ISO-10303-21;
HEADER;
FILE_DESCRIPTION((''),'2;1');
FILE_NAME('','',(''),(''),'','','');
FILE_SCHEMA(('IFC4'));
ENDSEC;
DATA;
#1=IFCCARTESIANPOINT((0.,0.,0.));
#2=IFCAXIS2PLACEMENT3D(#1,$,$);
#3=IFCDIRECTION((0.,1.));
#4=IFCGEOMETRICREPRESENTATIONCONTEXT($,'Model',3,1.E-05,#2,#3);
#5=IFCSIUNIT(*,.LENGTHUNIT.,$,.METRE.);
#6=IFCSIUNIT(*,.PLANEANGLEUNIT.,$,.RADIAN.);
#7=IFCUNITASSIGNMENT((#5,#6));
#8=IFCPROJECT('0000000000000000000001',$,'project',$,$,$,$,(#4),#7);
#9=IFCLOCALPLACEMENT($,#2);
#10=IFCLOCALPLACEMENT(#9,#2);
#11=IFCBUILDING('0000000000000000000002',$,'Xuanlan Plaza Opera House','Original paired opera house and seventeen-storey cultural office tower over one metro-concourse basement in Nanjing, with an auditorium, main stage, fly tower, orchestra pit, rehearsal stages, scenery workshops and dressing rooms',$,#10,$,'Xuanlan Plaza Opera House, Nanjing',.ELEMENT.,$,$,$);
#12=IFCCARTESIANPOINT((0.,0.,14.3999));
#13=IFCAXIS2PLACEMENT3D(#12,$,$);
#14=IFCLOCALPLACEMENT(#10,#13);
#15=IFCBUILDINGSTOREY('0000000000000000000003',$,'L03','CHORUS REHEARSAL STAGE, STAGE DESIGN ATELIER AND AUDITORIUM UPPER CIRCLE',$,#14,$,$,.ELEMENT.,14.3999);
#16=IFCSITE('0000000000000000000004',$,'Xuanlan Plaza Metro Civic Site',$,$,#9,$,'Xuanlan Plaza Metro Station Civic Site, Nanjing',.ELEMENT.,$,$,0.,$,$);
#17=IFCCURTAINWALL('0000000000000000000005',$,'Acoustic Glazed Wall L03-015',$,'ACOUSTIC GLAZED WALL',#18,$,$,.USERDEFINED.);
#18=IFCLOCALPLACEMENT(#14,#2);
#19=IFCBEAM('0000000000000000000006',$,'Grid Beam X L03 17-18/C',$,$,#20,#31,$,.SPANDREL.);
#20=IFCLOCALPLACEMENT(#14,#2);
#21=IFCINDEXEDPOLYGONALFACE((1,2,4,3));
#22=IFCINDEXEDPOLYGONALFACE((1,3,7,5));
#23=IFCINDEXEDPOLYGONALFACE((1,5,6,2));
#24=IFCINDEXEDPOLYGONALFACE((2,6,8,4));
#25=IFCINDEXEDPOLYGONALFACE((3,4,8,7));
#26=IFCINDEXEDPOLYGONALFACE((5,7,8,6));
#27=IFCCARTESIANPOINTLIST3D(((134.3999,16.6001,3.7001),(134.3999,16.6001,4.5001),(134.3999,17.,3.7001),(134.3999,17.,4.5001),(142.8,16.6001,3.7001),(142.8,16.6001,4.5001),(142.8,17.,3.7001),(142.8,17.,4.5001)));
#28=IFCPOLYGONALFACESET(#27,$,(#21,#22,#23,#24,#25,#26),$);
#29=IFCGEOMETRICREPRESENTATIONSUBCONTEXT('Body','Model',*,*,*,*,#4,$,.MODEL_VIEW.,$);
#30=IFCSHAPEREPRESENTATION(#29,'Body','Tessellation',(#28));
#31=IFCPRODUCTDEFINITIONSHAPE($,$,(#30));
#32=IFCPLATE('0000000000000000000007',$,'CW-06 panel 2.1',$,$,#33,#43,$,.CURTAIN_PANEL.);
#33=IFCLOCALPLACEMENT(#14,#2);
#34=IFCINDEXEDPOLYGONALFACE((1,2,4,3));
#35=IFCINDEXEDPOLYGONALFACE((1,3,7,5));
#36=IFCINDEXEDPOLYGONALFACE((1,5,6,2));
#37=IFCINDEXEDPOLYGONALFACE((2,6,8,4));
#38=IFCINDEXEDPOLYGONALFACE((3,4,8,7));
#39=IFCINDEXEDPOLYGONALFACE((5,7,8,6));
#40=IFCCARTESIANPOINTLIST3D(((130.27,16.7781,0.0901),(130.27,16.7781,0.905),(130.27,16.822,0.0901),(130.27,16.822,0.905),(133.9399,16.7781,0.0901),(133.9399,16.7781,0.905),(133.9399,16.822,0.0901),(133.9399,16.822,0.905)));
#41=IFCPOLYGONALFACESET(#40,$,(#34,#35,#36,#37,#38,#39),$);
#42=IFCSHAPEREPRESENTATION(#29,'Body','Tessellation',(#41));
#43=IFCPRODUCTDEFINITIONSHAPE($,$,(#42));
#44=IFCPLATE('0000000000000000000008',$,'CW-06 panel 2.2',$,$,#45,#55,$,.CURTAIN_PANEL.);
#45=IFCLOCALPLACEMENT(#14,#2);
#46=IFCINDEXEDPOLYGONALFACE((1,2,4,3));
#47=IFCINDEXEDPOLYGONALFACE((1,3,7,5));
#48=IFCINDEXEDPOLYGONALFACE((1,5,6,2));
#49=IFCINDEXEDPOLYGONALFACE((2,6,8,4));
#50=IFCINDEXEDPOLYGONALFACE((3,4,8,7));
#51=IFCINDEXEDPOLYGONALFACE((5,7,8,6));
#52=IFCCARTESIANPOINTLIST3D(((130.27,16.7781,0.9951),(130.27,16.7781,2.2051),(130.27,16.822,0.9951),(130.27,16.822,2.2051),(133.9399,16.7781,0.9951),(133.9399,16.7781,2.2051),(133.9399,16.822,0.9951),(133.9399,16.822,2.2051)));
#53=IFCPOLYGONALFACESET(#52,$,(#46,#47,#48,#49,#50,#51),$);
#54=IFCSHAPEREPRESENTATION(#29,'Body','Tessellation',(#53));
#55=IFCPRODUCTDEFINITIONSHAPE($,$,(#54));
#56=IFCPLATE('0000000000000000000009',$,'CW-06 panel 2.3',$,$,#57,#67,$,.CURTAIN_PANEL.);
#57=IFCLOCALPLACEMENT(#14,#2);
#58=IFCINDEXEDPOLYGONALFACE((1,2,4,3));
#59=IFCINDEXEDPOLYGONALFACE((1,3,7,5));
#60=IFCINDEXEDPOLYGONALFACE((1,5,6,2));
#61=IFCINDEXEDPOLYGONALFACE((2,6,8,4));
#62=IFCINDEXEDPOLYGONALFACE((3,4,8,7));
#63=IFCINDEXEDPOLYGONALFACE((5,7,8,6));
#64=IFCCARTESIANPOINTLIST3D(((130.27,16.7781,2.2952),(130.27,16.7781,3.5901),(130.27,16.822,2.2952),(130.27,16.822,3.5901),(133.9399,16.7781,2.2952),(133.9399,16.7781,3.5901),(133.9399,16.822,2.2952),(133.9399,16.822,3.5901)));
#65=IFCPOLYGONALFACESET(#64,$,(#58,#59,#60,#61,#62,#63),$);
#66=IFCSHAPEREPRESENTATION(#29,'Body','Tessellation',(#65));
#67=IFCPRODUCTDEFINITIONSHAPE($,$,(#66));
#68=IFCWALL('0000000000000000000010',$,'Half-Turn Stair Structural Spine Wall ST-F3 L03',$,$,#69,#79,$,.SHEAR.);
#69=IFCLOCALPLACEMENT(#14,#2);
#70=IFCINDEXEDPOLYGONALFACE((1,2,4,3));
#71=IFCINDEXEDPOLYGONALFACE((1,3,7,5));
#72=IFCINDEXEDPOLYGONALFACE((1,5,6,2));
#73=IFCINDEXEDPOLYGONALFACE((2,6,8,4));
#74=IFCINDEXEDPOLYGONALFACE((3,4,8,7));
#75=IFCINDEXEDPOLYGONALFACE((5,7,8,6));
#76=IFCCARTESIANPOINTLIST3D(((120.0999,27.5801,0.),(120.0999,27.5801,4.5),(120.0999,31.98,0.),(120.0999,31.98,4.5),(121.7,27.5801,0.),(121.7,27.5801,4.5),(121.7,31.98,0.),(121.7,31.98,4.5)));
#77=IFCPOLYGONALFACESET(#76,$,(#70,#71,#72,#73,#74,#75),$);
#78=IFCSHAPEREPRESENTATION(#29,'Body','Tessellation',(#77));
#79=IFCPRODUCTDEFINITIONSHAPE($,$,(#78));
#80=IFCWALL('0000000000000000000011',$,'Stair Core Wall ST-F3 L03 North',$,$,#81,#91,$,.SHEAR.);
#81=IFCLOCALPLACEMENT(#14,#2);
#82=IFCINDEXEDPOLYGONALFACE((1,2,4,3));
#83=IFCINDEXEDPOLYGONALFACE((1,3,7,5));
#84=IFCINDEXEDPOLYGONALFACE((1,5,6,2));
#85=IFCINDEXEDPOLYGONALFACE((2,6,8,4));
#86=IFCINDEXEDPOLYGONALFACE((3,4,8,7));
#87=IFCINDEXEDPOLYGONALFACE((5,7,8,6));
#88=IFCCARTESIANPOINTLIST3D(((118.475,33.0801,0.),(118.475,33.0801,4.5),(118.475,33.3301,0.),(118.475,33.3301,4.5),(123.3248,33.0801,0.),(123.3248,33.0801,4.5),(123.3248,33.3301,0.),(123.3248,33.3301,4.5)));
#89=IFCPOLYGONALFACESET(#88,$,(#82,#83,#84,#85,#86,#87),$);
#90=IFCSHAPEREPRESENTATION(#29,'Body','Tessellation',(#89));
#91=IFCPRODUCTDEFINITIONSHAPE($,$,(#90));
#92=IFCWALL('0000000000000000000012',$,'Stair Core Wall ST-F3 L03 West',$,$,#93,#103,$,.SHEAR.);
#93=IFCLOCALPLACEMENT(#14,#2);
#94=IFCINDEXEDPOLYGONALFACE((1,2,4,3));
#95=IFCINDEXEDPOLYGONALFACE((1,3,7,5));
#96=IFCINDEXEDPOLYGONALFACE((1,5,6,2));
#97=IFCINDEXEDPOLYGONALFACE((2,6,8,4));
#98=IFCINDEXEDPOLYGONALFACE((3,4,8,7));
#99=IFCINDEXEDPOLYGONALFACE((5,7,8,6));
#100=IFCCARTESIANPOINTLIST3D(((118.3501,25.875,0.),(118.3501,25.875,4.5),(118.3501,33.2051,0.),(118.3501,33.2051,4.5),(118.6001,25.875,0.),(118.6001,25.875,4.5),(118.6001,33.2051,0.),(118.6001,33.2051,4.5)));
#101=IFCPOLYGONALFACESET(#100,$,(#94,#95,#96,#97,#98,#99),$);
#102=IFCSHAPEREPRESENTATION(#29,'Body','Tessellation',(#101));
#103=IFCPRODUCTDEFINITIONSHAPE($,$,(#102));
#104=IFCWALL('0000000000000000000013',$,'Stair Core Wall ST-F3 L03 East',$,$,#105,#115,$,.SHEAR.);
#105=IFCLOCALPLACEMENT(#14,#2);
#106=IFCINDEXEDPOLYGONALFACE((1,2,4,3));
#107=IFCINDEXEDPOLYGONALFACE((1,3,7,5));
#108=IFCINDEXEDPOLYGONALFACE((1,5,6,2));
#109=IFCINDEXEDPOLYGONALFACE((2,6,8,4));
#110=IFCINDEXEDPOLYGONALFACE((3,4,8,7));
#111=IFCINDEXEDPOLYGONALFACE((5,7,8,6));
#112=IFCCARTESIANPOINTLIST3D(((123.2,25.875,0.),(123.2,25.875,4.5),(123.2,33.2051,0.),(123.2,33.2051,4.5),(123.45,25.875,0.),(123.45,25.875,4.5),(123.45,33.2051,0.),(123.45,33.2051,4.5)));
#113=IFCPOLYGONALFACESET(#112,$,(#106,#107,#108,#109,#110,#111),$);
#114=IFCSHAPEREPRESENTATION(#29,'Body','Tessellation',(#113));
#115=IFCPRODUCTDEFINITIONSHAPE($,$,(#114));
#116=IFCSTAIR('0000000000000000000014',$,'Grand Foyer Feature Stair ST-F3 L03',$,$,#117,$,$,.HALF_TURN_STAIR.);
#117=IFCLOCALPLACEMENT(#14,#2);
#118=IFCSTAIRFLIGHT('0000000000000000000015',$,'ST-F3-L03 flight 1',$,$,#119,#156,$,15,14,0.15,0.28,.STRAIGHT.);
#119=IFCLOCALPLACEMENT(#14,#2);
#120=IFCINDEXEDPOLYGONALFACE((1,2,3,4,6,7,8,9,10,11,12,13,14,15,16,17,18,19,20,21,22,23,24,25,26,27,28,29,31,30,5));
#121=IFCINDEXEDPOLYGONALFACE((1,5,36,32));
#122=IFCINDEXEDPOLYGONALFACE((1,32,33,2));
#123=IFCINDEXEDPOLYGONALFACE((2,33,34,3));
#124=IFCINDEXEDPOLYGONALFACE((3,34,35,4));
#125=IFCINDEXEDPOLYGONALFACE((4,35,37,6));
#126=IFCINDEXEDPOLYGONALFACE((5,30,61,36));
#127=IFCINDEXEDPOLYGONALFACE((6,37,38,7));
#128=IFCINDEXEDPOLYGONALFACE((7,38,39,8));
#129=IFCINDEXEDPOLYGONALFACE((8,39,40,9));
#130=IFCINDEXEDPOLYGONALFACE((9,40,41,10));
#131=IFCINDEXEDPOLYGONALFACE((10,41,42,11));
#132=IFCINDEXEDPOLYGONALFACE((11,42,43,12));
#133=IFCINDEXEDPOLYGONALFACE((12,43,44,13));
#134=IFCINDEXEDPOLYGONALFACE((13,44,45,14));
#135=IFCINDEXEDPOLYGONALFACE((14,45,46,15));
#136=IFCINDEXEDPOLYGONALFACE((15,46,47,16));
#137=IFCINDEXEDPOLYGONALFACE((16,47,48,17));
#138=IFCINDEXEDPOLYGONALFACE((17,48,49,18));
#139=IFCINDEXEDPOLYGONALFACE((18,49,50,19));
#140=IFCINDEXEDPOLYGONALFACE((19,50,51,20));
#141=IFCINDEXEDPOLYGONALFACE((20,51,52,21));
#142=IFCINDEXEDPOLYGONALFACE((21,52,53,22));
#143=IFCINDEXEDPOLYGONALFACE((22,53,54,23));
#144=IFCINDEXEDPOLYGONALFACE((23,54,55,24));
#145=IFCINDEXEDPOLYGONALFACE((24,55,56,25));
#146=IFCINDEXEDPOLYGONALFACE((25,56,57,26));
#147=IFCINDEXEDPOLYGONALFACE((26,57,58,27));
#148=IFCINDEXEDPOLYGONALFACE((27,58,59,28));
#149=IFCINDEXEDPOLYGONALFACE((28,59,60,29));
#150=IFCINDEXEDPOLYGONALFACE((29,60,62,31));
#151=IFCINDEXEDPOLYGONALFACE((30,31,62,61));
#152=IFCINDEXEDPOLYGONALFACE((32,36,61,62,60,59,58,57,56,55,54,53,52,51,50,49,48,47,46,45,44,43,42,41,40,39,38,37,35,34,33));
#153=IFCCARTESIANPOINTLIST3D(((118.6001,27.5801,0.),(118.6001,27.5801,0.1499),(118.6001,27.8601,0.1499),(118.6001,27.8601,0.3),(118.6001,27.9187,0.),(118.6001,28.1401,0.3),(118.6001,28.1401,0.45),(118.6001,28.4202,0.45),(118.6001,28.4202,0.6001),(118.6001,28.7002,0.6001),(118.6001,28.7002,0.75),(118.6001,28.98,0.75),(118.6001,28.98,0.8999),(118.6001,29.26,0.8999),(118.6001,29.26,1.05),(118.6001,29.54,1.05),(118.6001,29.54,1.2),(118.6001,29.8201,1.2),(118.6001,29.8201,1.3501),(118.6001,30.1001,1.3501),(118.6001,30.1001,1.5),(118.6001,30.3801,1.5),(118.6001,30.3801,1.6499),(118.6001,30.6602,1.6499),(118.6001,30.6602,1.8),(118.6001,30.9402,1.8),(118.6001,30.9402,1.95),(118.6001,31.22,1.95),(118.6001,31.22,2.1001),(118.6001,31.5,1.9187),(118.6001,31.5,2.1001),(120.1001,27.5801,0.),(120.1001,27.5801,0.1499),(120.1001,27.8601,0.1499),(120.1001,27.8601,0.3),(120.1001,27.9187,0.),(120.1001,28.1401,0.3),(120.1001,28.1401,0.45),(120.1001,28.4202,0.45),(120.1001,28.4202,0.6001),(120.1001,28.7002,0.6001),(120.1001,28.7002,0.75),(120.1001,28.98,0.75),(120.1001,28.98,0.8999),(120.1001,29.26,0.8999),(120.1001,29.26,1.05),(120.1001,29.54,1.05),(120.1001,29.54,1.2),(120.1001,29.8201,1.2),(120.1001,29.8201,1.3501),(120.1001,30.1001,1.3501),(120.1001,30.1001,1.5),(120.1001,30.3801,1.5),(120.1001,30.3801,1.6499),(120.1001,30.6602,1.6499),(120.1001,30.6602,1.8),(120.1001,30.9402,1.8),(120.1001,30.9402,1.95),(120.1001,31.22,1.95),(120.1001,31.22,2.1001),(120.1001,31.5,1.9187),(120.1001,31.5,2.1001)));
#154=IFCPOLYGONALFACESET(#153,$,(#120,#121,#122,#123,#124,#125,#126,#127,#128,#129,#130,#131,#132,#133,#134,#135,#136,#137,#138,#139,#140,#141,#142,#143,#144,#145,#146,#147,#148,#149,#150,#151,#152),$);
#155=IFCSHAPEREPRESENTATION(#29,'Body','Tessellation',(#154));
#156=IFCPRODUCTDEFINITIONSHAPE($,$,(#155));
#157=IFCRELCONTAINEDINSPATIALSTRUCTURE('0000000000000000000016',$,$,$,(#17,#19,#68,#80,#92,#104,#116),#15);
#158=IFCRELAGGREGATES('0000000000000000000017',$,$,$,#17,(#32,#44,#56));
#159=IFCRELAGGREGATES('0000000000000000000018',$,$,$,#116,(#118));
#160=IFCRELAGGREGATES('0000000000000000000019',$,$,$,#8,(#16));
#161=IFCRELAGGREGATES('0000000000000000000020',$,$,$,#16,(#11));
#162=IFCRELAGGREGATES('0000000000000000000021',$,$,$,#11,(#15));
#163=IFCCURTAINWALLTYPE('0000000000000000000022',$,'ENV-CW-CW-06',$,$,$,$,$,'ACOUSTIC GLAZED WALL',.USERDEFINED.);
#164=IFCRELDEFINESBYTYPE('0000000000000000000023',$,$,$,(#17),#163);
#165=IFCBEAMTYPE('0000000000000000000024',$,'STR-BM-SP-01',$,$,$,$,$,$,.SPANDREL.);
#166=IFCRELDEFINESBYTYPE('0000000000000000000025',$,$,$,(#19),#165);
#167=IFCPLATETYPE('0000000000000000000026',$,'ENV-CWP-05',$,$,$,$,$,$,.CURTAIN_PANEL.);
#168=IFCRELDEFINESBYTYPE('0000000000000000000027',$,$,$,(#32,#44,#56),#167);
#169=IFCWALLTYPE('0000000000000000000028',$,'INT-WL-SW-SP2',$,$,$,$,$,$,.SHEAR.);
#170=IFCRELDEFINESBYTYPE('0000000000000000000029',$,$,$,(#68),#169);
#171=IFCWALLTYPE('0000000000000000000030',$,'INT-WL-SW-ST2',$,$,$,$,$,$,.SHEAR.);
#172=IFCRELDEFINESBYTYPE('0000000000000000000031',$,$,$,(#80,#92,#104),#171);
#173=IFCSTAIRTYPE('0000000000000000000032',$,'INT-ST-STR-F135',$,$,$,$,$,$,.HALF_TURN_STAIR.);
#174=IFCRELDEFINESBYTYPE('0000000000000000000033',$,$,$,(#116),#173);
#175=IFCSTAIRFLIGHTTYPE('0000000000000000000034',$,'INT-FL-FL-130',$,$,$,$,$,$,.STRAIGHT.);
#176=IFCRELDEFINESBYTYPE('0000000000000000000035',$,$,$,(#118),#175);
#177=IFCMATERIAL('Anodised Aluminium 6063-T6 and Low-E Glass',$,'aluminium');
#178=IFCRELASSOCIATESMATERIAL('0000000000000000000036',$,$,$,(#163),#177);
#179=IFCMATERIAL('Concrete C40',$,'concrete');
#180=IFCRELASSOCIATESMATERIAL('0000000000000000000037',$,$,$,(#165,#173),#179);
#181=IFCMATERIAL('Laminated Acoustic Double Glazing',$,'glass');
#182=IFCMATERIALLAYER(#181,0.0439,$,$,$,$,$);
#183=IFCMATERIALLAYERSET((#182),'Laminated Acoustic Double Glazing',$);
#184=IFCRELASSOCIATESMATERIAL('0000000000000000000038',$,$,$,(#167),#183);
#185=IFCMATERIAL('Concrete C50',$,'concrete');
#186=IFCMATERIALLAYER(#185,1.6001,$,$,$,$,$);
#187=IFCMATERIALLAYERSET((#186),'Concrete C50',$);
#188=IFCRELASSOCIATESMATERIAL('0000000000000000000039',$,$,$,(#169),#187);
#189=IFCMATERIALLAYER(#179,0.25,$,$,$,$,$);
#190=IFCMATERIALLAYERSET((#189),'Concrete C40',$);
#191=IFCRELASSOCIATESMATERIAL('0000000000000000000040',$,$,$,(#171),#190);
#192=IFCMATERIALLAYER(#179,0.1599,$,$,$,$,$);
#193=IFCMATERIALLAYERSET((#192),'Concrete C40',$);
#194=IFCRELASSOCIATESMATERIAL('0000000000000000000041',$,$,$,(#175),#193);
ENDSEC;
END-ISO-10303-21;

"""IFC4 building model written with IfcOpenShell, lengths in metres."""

from ifc_helpers import new_model, si_unit, direction, frame, frame_2d, origin, origin_2d, place, context, subcontext, project, spatial, polyline, rectangle, outline, extrude, material, layer, layer_set, material_profile, profile_set, type_object, element, aggregate, save


model = new_model("IFC4")

# Units and contexts
model_context = context("Model", 3, precision=1e-05, world=origin(), true_north=direction((0.0, 1.0)))
body_context = subcontext(model_context, "Body", "Model", "MODEL_VIEW")
ifc_project = project(units=[si_unit("LENGTHUNIT", "METRE"), si_unit("PLANEANGLEUNIT", "RADIAN")], contexts=[model_context])

# Site, building, storey
site_placement = place(None, origin())
site = spatial("IfcSite", under=ifc_project, at=site_placement, Name="Xuanlan Plaza Metro Civic Site", LongName="Xuanlan Plaza Metro Station Civic Site, Nanjing", CompositionType="ELEMENT", RefElevation=0.0)
building_placement = place(site_placement, origin())
building = spatial("IfcBuilding", under=site, at=building_placement, Name="Xuanlan Plaza Opera House", Description="Original paired opera house and seventeen-storey cultural office tower over one metro-concourse basement in Nanjing, with an auditorium, main stage, fly tower, orchestra pit, rehearsal stages, scenery workshops and dressing rooms", LongName="Xuanlan Plaza Opera House, Nanjing", CompositionType="ELEMENT")
storey_placement = place(building_placement, frame((0.0, 0.0, 14.3999)))
storey = spatial("IfcBuildingStorey", under=building, at=storey_placement, Name="L03", Description="CHORUS REHEARSAL STAGE, STAGE DESIGN ATELIER AND AUDITORIUM UPPER CIRCLE", CompositionType="ELEMENT", Elevation=14.3999)

# Shared definitions
ifc_material_1 = material(Name="Concrete C40", Category="concrete")

# Curtain wall
ifc_material_2 = material(Name="Anodised Aluminium 6063-T6 and Low-E Glass", Category="aluminium")
curtain_wall_type_1 = type_object("IfcCurtainWallType", Name="ENV-CW-CW-06", ElementType="ACOUSTIC GLAZED WALL", PredefinedType="USERDEFINED", material=ifc_material_2)
curtain_wall_1_placement = place(storey_placement, origin())
curtain_wall_1 = element("IfcCurtainWall", 1, at=curtain_wall_1_placement, inside=storey, type_object=curtain_wall_type_1, Name="Acoustic Glazed Wall L03-015", ObjectType="ACOUSTIC GLAZED WALL", PredefinedType="USERDEFINED")

# Beam
ifc_material_profile_1 = material_profile(ifc_material_1, rectangle(XDim=0.3999, YDim=0.8, at=origin_2d()), Name="RC-SPD 400x800")
ifc_profile_set_1 = profile_set([ifc_material_profile_1], Name="Concrete C40")
beam_type_1 = type_object("IfcBeamType", Name="STR-BM-SP-01", PredefinedType="SPANDREL", material=ifc_profile_set_1)
beam_1_placement = place(storey_placement, frame((134.3999, 16.8, 4.1001), z_axis=(1.0, 0.0, 0.0), x_axis=(0.0, 1.0, 0.0)))
element("IfcBeam", 2, at=beam_1_placement, inside=storey, type_object=beam_type_1, Name="Grid Beam X L03 17-18/C", PredefinedType="SPANDREL", context=body_context, shape_type="SweptSolid", body=[
    extrude(rectangle(XDim=0.3999, YDim=0.8, at=origin_2d()), origin(), (0.0, 0.0, 1.0), 8.4001),
])

# Plates
ifc_material_3 = material(Name="Laminated Acoustic Double Glazing", Category="glass")
ifc_layer_1 = layer(ifc_material_3, 0.0439)
ifc_layer_set_1 = layer_set([ifc_layer_1], Name="Laminated Acoustic Double Glazing")
plate_type = type_object("IfcPlateType", Name="ENV-CWP-05", PredefinedType="CURTAIN_PANEL", material=ifc_layer_set_1)
plate_1_placement = place(storey_placement, frame((132.105, 16.8, 0.0901), z_axis=(0.0, 0.0, 1.0), x_axis=(1.0, 0.0, 0.0)))
plate_1 = element("IfcPlate", 3, at=plate_1_placement, type_object=plate_type, Name="CW-06 panel 2.1", PredefinedType="CURTAIN_PANEL", context=body_context, shape_type="SweptSolid", body=[
    extrude(rectangle(XDim=3.6699, YDim=0.0439, at=origin_2d()), origin(), (0.0, 0.0, 1.0), 0.8149),
])
plate_2_placement = place(storey_placement, frame((132.105, 16.8, 0.9951), z_axis=(0.0, 0.0, 1.0), x_axis=(1.0, 0.0, 0.0)))
plate_2 = element("IfcPlate", 4, at=plate_2_placement, type_object=plate_type, Name="CW-06 panel 2.2", PredefinedType="CURTAIN_PANEL", context=body_context, shape_type="SweptSolid", body=[
    extrude(rectangle(XDim=3.6699, YDim=0.0439, at=origin_2d()), origin(), (0.0, 0.0, 1.0), 1.21),
])
plate_3_placement = place(storey_placement, frame((132.105, 16.8, 2.2952), z_axis=(0.0, 0.0, 1.0), x_axis=(1.0, 0.0, 0.0)))
plate_3 = element("IfcPlate", 5, at=plate_3_placement, type_object=plate_type, Name="CW-06 panel 2.3", PredefinedType="CURTAIN_PANEL", context=body_context, shape_type="SweptSolid", body=[
    extrude(rectangle(XDim=3.6699, YDim=0.0439, at=origin_2d()), origin(), (0.0, 0.0, 1.0), 1.2949),
])
aggregate(curtain_wall_1, [plate_1, plate_2, plate_3])

# Wall
ifc_material_4 = material(Name="Concrete C50", Category="concrete")
ifc_layer_2 = layer(ifc_material_4, 1.6001)
ifc_layer_set_2 = layer_set([ifc_layer_2], Name="Concrete C50")
wall_type_1 = type_object("IfcWallType", Name="INT-WL-SW-SP2", PredefinedType="SHEAR", material=ifc_layer_set_2)
wall_1_placement = place(storey_placement, frame((120.8999, 27.5801, 0.0), z_axis=(0.0, 0.0, 1.0), x_axis=(0.0, 1.0, 0.0)))
element("IfcWall", 6, at=wall_1_placement, inside=storey, type_object=wall_type_1, Name="Half-Turn Stair Structural Spine Wall ST-F3 L03", PredefinedType="SHEAR", context=body_context, shape_type="SweptSolid", body=[
    extrude(rectangle(XDim=4.3999, YDim=1.6001, at=frame_2d((2.2, 0.0))), origin(), (0.0, 0.0, 1.0), 4.5),
])

# Shared definitions
ifc_layer_3 = layer(ifc_material_1, 0.25)
ifc_layer_set_3 = layer_set([ifc_layer_3], Name="Concrete C40")
wall_type_2 = type_object("IfcWallType", Name="INT-WL-SW-ST2", PredefinedType="SHEAR", material=ifc_layer_set_3)

# Walls
wall_2_placement = place(storey_placement, frame((118.4751, 33.2051, 0.0), z_axis=(0.0, 0.0, 1.0), x_axis=(1.0, 0.0, 0.0)))
element("IfcWall", 7, at=wall_2_placement, inside=storey, type_object=wall_type_2, Name="Stair Core Wall ST-F3 L03 North", PredefinedType="SHEAR", context=body_context, shape_type="SweptSolid", body=[
    extrude(rectangle(XDim=4.8499, YDim=0.25, at=frame_2d((2.4248, 0.0))), origin(), (0.0, 0.0, 1.0), 4.5),
])
for number, where, z_axis, x_axis, name in (
    (8, (118.4751, 25.875, 0.0), (0.0, 0.0, 1.0), (0.0, 1.0, 0.0), "Stair Core Wall ST-F3 L03 West"),
    (9, (123.325, 25.875, 0.0), (0.0, 0.0, 1.0), (0.0, 1.0, 0.0), "Stair Core Wall ST-F3 L03 East"),
):
    element("IfcWall", number, at=place(storey_placement, frame(where, z_axis=z_axis, x_axis=x_axis)), inside=storey, type_object=wall_type_2, Name=name, PredefinedType="SHEAR", context=body_context, shape_type="SweptSolid", body=[
        extrude(rectangle(XDim=7.3301, YDim=0.25, at=frame_2d((3.665, 0.0))), origin(), (0.0, 0.0, 1.0), 4.5),
    ])

# Stair, stair flight
stair_type = type_object("IfcStairType", Name="INT-ST-STR-F135", PredefinedType="HALF_TURN_STAIR", material=ifc_material_1)
stair_placement = place(storey_placement, origin())
stair = element("IfcStair", 10, at=stair_placement, inside=storey, type_object=stair_type, Name="Grand Foyer Feature Stair ST-F3 L03", PredefinedType="HALF_TURN_STAIR")
ifc_layer_4 = layer(ifc_material_1, 0.1599)
ifc_layer_set_4 = layer_set([ifc_layer_4], Name="Concrete C40")
stair_flight_type = type_object("IfcStairFlightType", Name="INT-FL-FL-130", PredefinedType="STRAIGHT", material=ifc_layer_set_4)
stair_flight_1_placement = place(storey_placement, frame((119.3501, 27.5801, 0.0), z_axis=(0.0, 0.0, 1.0), x_axis=(0.0, 1.0, 0.0)))
stair_flight_1 = element("IfcStairFlight", 11, at=stair_flight_1_placement, type_object=stair_flight_type, Name="ST-F3-L03 flight 1", NumberOfRisers=15, NumberOfTreads=14, PredefinedType="STRAIGHT", RiserHeight=0.15, TreadLength=0.28, context=body_context, shape_type="SweptSolid", body=[
    extrude(outline(polyline([(0.0, 0.0), (0.0, 0.1499), (0.28, 0.1499), (0.28, 0.3), (0.5601, 0.3), (0.5601, 0.45), (0.8401, 0.45), (0.8401, 0.6001), (1.1201, 0.6001), (1.1201, 0.75), (1.3999, 0.75), (1.3999, 0.8999), (1.6799, 0.8999), (1.6799, 1.05), (1.96, 1.05), (1.96, 1.2), (2.24, 1.2), (2.24, 1.3501), (2.52, 1.3501), (2.52, 1.5), (2.8, 1.5), (2.8, 1.6499), (3.0801, 1.6499), (3.0801, 1.8), (3.3601, 1.8), (3.3601, 1.95), (3.6399, 1.95), (3.6399, 2.1001), (3.9199, 2.1001), (3.9199, 2.25), (3.9199, 1.9187), (0.3386, 0.0), (0.0, 0.0)])), frame((0.0, 0.75, 0.0), z_axis=(0.0, -1.0, 0.0), x_axis=(1.0, 0.0, 0.0)), (0.0, 0.0, 1.0), 1.5),
])
aggregate(stair, [stair_flight_1])

save(model, "model.ifc")
